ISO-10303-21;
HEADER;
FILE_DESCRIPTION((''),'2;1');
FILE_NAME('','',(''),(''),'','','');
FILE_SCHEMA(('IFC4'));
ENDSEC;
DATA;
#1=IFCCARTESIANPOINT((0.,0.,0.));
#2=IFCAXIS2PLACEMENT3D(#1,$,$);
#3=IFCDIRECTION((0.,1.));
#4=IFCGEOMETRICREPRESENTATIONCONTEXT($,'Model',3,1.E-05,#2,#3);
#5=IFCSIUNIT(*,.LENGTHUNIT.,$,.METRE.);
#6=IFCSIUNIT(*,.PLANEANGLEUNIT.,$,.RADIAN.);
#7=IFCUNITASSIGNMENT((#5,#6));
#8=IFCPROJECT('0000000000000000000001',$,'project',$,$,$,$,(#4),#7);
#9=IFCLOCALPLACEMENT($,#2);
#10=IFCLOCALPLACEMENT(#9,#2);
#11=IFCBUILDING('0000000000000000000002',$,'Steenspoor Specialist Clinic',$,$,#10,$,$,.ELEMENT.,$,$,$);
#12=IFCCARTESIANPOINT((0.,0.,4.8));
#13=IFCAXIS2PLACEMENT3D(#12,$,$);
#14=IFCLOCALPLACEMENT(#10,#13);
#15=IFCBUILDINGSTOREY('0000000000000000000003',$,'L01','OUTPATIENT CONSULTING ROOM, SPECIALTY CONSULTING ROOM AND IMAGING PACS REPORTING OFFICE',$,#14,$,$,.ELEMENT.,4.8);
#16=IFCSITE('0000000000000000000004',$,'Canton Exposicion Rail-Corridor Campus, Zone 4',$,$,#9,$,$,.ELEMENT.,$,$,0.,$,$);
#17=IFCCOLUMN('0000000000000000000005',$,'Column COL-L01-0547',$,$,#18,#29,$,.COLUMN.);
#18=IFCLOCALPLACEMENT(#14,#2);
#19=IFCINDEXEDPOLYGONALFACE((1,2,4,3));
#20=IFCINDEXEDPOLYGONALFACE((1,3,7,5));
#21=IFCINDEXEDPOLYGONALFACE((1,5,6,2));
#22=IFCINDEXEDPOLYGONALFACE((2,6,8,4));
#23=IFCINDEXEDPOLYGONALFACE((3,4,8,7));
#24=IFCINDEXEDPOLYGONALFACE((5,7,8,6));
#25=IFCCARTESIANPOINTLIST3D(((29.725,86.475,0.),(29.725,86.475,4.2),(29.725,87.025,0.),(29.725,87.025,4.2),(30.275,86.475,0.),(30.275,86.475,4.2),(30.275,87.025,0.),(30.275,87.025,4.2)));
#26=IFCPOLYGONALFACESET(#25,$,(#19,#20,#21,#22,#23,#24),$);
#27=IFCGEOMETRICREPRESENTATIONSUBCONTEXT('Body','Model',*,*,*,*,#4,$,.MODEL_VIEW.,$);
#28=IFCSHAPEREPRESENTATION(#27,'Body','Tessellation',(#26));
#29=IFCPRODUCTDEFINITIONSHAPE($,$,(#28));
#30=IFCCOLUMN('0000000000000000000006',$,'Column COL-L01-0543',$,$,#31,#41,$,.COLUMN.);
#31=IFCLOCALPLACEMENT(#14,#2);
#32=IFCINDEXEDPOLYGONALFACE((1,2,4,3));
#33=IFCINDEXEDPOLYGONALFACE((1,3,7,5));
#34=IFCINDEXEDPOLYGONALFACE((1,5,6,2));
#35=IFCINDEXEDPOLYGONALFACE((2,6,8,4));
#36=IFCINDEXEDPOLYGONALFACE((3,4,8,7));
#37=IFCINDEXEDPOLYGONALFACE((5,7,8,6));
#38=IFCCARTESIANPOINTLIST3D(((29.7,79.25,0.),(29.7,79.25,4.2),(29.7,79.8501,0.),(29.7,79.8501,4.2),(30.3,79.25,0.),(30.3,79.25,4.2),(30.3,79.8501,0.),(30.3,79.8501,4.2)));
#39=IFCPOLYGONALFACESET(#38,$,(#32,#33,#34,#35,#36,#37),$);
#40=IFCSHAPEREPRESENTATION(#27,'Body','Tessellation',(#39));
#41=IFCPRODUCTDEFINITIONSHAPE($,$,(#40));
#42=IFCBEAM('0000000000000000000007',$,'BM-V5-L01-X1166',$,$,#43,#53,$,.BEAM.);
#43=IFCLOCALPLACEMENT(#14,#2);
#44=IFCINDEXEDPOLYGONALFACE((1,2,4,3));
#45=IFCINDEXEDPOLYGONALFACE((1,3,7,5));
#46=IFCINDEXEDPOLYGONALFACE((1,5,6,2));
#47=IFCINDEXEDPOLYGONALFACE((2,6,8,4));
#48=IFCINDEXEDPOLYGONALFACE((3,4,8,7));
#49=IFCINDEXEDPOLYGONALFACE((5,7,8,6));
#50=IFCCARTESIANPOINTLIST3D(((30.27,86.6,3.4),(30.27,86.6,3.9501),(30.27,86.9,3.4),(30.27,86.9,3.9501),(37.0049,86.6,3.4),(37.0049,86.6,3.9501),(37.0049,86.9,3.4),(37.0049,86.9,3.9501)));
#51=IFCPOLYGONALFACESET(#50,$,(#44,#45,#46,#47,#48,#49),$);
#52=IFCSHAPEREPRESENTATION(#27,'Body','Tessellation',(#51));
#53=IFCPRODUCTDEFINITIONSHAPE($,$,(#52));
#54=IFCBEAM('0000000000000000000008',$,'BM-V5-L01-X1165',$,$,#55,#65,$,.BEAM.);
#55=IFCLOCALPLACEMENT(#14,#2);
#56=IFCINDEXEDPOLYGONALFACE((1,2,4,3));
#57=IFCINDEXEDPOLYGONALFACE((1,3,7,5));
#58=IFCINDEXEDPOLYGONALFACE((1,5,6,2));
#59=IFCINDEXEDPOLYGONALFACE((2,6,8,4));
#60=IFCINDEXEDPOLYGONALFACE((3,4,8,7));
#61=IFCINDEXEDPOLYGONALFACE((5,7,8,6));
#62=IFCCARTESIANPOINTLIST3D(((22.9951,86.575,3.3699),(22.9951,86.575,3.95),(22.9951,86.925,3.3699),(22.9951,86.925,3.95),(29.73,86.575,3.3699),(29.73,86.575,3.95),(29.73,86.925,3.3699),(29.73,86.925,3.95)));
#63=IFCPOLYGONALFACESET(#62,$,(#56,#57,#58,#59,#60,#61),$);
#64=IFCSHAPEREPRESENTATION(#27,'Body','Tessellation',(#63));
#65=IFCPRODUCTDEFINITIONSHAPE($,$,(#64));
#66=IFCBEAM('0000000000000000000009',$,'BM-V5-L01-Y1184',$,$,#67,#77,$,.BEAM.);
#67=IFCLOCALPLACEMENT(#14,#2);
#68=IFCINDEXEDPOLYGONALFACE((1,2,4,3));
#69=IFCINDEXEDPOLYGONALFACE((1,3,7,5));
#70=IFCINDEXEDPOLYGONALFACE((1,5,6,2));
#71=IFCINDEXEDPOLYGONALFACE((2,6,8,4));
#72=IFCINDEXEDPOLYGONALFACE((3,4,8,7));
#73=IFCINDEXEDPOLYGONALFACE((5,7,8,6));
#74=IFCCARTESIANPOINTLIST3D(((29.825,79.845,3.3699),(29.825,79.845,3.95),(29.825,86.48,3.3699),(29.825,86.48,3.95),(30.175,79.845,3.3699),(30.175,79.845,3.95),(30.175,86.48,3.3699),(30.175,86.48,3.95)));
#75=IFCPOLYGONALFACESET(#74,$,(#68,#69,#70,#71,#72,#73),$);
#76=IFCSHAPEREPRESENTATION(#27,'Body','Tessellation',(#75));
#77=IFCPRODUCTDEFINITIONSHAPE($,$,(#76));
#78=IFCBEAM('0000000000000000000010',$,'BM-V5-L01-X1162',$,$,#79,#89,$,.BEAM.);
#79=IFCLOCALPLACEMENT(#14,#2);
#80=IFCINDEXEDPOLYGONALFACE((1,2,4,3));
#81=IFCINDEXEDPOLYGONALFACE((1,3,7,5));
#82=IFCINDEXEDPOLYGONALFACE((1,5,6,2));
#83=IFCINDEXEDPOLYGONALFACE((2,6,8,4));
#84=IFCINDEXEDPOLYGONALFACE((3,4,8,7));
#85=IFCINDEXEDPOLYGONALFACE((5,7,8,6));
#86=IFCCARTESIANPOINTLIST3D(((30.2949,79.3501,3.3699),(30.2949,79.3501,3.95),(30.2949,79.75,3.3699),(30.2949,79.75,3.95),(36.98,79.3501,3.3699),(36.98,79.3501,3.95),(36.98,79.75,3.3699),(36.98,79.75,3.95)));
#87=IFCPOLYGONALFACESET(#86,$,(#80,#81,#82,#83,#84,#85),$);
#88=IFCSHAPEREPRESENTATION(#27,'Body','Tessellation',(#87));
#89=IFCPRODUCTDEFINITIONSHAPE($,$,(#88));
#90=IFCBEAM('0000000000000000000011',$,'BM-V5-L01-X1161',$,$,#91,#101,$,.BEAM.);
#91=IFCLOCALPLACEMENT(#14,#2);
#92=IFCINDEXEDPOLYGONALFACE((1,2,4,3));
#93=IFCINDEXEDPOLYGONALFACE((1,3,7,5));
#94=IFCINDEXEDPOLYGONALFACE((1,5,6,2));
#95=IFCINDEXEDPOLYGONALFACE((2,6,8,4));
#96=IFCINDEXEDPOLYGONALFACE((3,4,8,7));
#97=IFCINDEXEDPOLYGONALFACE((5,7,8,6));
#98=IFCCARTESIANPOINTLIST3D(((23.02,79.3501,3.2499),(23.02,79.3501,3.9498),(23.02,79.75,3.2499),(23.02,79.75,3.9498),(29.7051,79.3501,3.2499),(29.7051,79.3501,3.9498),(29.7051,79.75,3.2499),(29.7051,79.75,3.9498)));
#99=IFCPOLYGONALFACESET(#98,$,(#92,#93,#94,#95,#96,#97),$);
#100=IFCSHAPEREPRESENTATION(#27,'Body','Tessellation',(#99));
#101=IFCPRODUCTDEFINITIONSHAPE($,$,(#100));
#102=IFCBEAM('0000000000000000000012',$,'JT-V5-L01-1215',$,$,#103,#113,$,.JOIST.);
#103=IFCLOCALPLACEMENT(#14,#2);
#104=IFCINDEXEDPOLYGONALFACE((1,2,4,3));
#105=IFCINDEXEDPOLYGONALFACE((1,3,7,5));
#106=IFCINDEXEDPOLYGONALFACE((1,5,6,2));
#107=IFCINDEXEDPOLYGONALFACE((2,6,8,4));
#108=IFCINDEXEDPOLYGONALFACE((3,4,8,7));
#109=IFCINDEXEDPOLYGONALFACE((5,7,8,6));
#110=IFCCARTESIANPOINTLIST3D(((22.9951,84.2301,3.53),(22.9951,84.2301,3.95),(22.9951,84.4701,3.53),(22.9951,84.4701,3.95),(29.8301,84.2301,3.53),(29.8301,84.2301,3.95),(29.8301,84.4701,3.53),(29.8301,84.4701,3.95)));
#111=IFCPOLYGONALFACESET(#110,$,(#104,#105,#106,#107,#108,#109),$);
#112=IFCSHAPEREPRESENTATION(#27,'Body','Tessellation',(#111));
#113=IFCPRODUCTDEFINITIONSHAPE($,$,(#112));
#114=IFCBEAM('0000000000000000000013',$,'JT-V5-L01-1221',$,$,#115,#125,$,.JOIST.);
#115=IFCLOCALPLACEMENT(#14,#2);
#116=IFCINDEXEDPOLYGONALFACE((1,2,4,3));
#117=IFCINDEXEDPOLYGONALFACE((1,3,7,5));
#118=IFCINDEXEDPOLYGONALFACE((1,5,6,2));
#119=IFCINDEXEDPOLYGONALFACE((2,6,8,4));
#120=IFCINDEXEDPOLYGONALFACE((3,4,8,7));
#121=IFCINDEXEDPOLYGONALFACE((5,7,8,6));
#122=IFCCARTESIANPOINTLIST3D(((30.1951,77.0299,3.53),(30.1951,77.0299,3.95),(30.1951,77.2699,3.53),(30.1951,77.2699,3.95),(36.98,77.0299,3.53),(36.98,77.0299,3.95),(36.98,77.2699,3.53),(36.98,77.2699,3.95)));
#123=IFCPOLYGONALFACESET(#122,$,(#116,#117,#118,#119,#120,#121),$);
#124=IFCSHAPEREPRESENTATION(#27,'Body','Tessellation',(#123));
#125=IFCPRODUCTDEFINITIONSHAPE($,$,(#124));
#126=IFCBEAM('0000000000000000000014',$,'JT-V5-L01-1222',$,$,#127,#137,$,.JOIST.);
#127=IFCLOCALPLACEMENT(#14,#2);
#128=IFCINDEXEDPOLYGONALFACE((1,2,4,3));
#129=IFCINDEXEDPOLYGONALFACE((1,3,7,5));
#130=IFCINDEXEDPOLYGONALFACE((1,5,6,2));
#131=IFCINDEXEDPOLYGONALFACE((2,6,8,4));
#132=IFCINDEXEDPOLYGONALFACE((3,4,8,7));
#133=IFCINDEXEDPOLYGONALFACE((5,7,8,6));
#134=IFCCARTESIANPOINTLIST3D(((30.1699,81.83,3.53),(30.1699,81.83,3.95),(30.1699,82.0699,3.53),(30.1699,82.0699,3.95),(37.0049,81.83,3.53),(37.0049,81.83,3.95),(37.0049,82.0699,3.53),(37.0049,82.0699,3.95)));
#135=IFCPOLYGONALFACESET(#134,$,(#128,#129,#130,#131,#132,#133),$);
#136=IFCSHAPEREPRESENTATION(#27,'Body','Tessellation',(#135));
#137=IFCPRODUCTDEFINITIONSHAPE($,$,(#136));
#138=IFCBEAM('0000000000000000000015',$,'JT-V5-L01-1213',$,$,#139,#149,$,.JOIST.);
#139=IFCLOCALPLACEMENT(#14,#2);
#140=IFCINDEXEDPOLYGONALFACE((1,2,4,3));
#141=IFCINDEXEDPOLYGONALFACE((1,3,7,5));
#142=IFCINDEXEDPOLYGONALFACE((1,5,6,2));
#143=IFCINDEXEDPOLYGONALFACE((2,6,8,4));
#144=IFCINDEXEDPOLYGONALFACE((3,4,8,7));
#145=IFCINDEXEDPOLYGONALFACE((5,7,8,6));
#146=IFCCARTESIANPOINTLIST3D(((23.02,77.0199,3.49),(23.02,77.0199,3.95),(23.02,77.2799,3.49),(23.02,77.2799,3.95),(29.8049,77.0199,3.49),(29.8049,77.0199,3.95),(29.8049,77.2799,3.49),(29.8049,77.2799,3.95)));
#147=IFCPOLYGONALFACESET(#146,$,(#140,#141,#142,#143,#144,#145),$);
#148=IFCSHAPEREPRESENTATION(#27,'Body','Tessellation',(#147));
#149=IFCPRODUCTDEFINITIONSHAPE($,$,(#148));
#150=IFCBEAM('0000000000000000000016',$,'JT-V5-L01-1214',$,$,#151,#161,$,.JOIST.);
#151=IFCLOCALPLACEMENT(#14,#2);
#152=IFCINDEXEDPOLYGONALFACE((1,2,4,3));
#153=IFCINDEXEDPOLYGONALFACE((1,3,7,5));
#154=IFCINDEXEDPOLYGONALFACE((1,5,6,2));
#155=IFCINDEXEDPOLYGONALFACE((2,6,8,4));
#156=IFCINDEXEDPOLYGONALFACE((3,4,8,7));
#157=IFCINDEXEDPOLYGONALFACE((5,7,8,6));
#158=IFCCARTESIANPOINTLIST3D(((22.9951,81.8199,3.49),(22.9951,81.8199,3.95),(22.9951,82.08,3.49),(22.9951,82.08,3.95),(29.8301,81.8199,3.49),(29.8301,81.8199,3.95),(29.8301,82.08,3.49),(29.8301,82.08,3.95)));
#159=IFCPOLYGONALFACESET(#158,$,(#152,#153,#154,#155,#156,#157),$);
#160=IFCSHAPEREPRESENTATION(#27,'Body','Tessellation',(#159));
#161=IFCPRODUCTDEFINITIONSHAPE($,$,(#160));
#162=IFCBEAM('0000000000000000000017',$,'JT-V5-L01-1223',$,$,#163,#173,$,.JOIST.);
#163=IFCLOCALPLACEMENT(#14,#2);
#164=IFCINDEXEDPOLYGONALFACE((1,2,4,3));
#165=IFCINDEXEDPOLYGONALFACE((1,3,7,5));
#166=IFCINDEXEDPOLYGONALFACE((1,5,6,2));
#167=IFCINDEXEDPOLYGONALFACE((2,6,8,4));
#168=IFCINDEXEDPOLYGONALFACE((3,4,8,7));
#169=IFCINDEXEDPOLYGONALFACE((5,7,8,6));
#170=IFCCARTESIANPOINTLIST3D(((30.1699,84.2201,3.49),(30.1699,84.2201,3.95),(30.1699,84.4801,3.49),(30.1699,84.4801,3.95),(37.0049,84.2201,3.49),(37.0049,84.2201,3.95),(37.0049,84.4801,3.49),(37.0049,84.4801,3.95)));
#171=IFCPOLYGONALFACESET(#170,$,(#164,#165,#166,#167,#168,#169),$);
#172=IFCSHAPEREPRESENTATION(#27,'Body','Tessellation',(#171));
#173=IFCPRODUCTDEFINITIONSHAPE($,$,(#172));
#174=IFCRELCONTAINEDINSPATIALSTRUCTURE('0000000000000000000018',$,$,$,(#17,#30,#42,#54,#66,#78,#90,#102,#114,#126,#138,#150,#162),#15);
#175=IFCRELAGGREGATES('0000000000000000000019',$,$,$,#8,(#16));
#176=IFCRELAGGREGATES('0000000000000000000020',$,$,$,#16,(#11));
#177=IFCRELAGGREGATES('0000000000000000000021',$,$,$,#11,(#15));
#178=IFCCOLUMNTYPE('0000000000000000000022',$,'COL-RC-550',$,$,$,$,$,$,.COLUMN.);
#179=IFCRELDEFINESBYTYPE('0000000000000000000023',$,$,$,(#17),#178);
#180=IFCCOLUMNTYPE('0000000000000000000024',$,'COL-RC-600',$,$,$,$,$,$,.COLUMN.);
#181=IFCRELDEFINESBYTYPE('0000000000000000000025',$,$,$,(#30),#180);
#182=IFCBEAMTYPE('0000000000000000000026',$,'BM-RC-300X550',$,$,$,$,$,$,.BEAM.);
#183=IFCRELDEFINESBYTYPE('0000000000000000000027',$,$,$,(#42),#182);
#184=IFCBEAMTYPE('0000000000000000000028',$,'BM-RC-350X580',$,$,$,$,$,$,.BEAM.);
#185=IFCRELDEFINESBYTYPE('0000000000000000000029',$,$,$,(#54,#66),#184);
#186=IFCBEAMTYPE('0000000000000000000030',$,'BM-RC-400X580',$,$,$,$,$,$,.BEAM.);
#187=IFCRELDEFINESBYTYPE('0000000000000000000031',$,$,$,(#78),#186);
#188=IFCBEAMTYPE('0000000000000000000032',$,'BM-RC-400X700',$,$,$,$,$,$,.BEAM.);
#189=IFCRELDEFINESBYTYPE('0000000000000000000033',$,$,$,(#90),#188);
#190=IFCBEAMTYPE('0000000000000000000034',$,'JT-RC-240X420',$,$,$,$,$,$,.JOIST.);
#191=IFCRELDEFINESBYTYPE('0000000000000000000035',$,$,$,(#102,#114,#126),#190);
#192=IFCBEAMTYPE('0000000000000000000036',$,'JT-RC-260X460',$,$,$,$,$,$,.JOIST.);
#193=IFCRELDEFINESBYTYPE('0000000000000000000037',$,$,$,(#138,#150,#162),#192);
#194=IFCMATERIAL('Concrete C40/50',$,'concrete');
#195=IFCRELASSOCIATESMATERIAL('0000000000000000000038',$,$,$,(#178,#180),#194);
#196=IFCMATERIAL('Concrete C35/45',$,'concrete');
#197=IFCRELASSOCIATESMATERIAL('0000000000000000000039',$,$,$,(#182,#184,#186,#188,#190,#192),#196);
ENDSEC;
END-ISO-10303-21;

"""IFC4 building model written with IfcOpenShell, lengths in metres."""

from ifc_helpers import new_model, si_unit, direction, frame, origin, origin_2d, place, context, subcontext, project, spatial, rectangle, extrude, material, material_profile, profile_set, type_object, element, save


model = new_model("IFC4")

# Units and contexts
model_context = context("Model", 3, precision=1e-05, world=origin(), true_north=direction((0.0, 1.0)))
body_context = subcontext(model_context, "Body", "Model", "MODEL_VIEW")
ifc_project = project(units=[si_unit("LENGTHUNIT", "METRE"), si_unit("PLANEANGLEUNIT", "RADIAN")], contexts=[model_context])

# Site, building, storey
site_placement = place(None, origin())
site = spatial("IfcSite", under=ifc_project, at=site_placement, Name="Canton Exposicion Rail-Corridor Campus, Zone 4", CompositionType="ELEMENT", RefElevation=0.0)
building_placement = place(site_placement, origin())
building = spatial("IfcBuilding", under=site, at=building_placement, Name="Steenspoor Specialist Clinic", CompositionType="ELEMENT")
storey_placement = place(building_placement, frame((0.0, 0.0, 4.8)))
storey = spatial("IfcBuildingStorey", under=building, at=storey_placement, Name="L01", Description="OUTPATIENT CONSULTING ROOM, SPECIALTY CONSULTING ROOM AND IMAGING PACS REPORTING OFFICE", CompositionType="ELEMENT", Elevation=4.8)

# Columns
ifc_material_1 = material(Name="Concrete C40/50", Category="concrete")
ifc_material_profile_1 = material_profile(ifc_material_1, rectangle(XDim=0.55, YDim=0.55, at=origin_2d()), Name="RC-COL-550X550")
ifc_profile_set_1 = profile_set([ifc_material_profile_1], Name="Concrete C40/50")
column_type_1 = type_object("IfcColumnType", Name="COL-RC-550", PredefinedType="COLUMN", material=ifc_profile_set_1)
column_1_placement = place(storey_placement, frame((30.0, 86.75, 0.0), z_axis=(0.0, 0.0, 1.0), x_axis=(1.0, 0.0, 0.0)))
element("IfcColumn", 1, at=column_1_placement, inside=storey, type_object=column_type_1, Name="Column COL-L01-0547", PredefinedType="COLUMN", context=body_context, shape_type="SweptSolid", body=[
    extrude(rectangle(XDim=0.55, YDim=0.55, at=origin_2d()), origin(), (0.0, 0.0, 1.0), 4.2),
])
ifc_material_profile_2 = material_profile(ifc_material_1, rectangle(XDim=0.6001, YDim=0.6001, at=origin_2d()), Name="RC-COL-600X600")
ifc_profile_set_2 = profile_set([ifc_material_profile_2], Name="Concrete C40/50")
column_type_2 = type_object("IfcColumnType", Name="COL-RC-600", PredefinedType="COLUMN", material=ifc_profile_set_2)
column_2_placement = place(storey_placement, frame((30.0, 79.55, 0.0), z_axis=(0.0, 0.0, 1.0), x_axis=(1.0, 0.0, 0.0)))
element("IfcColumn", 2, at=column_2_placement, inside=storey, type_object=column_type_2, Name="Column COL-L01-0543", PredefinedType="COLUMN", context=body_context, shape_type="SweptSolid", body=[
    extrude(rectangle(XDim=0.6001, YDim=0.6001, at=origin_2d()), origin(), (0.0, 0.0, 1.0), 4.2),
])

# Beams
ifc_material_2 = material(Name="Concrete C35/45", Category="concrete")
ifc_material_profile_3 = material_profile(ifc_material_2, rectangle(XDim=0.3, YDim=0.55, at=origin_2d()), Name="RC-BM-300X550")
ifc_profile_set_3 = profile_set([ifc_material_profile_3], Name="Concrete C35/45")
beam_type_1 = type_object("IfcBeamType", Name="BM-RC-300X550", PredefinedType="BEAM", material=ifc_profile_set_3)
beam_1_placement = place(storey_placement, frame((30.27, 86.75, 3.675), z_axis=(1.0, 0.0, 0.0), x_axis=(0.0, 1.0, 0.0)))
element("IfcBeam", 3, at=beam_1_placement, inside=storey, type_object=beam_type_1, Name="BM-V5-L01-X1166", PredefinedType="BEAM", context=body_context, shape_type="SweptSolid", body=[
    extrude(rectangle(XDim=0.3, YDim=0.55, at=origin_2d()), origin(), (0.0, 0.0, 1.0), 6.7349),
])
ifc_material_profile_4 = material_profile(ifc_material_2, rectangle(XDim=0.3501, YDim=0.5801, at=origin_2d()), Name="RC-BM-350X580")
ifc_profile_set_4 = profile_set([ifc_material_profile_4], Name="Concrete C35/45")
beam_type_2 = type_object("IfcBeamType", Name="BM-RC-350X580", PredefinedType="BEAM", material=ifc_profile_set_4)
beam_2_placement = place(storey_placement, frame((22.9951, 86.75, 3.6599), z_axis=(1.0, 0.0, 0.0), x_axis=(0.0, 1.0, 0.0)))
element("IfcBeam", 4, at=beam_2_placement, inside=storey, type_object=beam_type_2, Name="BM-V5-L01-X1165", PredefinedType="BEAM", context=body_context, shape_type="SweptSolid", body=[
    extrude(rectangle(XDim=0.3501, YDim=0.5801, at=origin_2d()), origin(), (0.0, 0.0, 1.0), 6.7349),
])
beam_3_placement = place(storey_placement, frame((30.0, 79.845, 3.6599), z_axis=(0.0, 1.0, 0.0), x_axis=(-1.0, 0.0, 0.0)))
element("IfcBeam", 5, at=beam_3_placement, inside=storey, type_object=beam_type_2, Name="BM-V5-L01-Y1184", PredefinedType="BEAM", context=body_context, shape_type="SweptSolid", body=[
    extrude(rectangle(XDim=0.3501, YDim=0.5801, at=origin_2d()), origin(), (0.0, 0.0, 1.0), 6.635),
])
ifc_material_profile_5 = material_profile(ifc_material_2, rectangle(XDim=0.3999, YDim=0.5801, at=origin_2d()), Name="RC-BM-400X580")
ifc_profile_set_5 = profile_set([ifc_material_profile_5], Name="Concrete C35/45")
beam_type_3 = type_object("IfcBeamType", Name="BM-RC-400X580", PredefinedType="BEAM", material=ifc_profile_set_5)
beam_4_placement = place(storey_placement, frame((30.2949, 79.55, 3.6599), z_axis=(1.0, 0.0, 0.0), x_axis=(0.0, 1.0, 0.0)))
element("IfcBeam", 6, at=beam_4_placement, inside=storey, type_object=beam_type_3, Name="BM-V5-L01-X1162", PredefinedType="BEAM", context=body_context, shape_type="SweptSolid", body=[
    extrude(rectangle(XDim=0.3999, YDim=0.5801, at=origin_2d()), origin(), (0.0, 0.0, 1.0), 6.6851),
])
ifc_material_profile_6 = material_profile(ifc_material_2, rectangle(XDim=0.3999, YDim=0.7, at=origin_2d()), Name="RC-BM-400X700")
ifc_profile_set_6 = profile_set([ifc_material_profile_6], Name="Concrete C35/45")
beam_type_4 = type_object("IfcBeamType", Name="BM-RC-400X700", PredefinedType="BEAM", material=ifc_profile_set_6)
beam_5_placement = place(storey_placement, frame((23.02, 79.55, 3.5999), z_axis=(1.0, 0.0, 0.0), x_axis=(0.0, 1.0, 0.0)))
element("IfcBeam", 7, at=beam_5_placement, inside=storey, type_object=beam_type_4, Name="BM-V5-L01-X1161", PredefinedType="BEAM", context=body_context, shape_type="SweptSolid", body=[
    extrude(rectangle(XDim=0.3999, YDim=0.7, at=origin_2d()), origin(), (0.0, 0.0, 1.0), 6.6851),
])
ifc_material_profile_7 = material_profile(ifc_material_2, rectangle(XDim=0.24, YDim=0.4199, at=origin_2d()), Name="RC-JT-240X420")
ifc_profile_set_7 = profile_set([ifc_material_profile_7], Name="Concrete C35/45")
beam_type_5 = type_object("IfcBeamType", Name="JT-RC-240X420", PredefinedType="JOIST", material=ifc_profile_set_7)
beam_6_placement = place(storey_placement, frame((22.9951, 84.3501, 3.74), z_axis=(1.0, 0.0, 0.0), x_axis=(0.0, 1.0, 0.0)))
element("IfcBeam", 8, at=beam_6_placement, inside=storey, type_object=beam_type_5, Name="JT-V5-L01-1215", PredefinedType="JOIST", context=body_context, shape_type="SweptSolid", body=[
    extrude(rectangle(XDim=0.24, YDim=0.4199, at=origin_2d()), origin(), (0.0, 0.0, 1.0), 6.835),
])
beam_7_placement = place(storey_placement, frame((30.1951, 77.1499, 3.74), z_axis=(1.0, 0.0, 0.0), x_axis=(0.0, 1.0, 0.0)))
element("IfcBeam", 9, at=beam_7_placement, inside=storey, type_object=beam_type_5, Name="JT-V5-L01-1221", PredefinedType="JOIST", context=body_context, shape_type="SweptSolid", body=[
    extrude(rectangle(XDim=0.24, YDim=0.4199, at=origin_2d()), origin(), (0.0, 0.0, 1.0), 6.7849),
])
beam_8_placement = place(storey_placement, frame((30.1699, 81.95, 3.74), z_axis=(1.0, 0.0, 0.0), x_axis=(0.0, 1.0, 0.0)))
element("IfcBeam", 10, at=beam_8_placement, inside=storey, type_object=beam_type_5, Name="JT-V5-L01-1222", PredefinedType="JOIST", context=body_context, shape_type="SweptSolid", body=[
    extrude(rectangle(XDim=0.24, YDim=0.4199, at=origin_2d()), origin(), (0.0, 0.0, 1.0), 6.835),
])
ifc_material_profile_8 = material_profile(ifc_material_2, rectangle(XDim=0.26, YDim=0.46, at=origin_2d()), Name="RC-JT-260X460")
ifc_profile_set_8 = profile_set([ifc_material_profile_8], Name="Concrete C35/45")
beam_type_6 = type_object("IfcBeamType", Name="JT-RC-260X460", PredefinedType="JOIST", material=ifc_profile_set_8)
beam_9_placement = place(storey_placement, frame((23.02, 77.1499, 3.72), z_axis=(1.0, 0.0, 0.0), x_axis=(0.0, 1.0, 0.0)))
element("IfcBeam", 11, at=beam_9_placement, inside=storey, type_object=beam_type_6, Name="JT-V5-L01-1213", PredefinedType="JOIST", context=body_context, shape_type="SweptSolid", body=[
    extrude(rectangle(XDim=0.26, YDim=0.46, at=origin_2d()), origin(), (0.0, 0.0, 1.0), 6.7849),
])
for number, where, z_axis, x_axis, name in (
    (12, (22.9951, 81.95, 3.72), (1.0, 0.0, 0.0), (0.0, 1.0, 0.0), "JT-V5-L01-1214"),
    (13, (30.1699, 84.3501, 3.72), (1.0, 0.0, 0.0), (0.0, 1.0, 0.0), "JT-V5-L01-1223"),
):
    element("IfcBeam", number, at=place(storey_placement, frame(where, z_axis=z_axis, x_axis=x_axis)), inside=storey, type_object=beam_type_6, Name=name, PredefinedType="JOIST", context=body_context, shape_type="SweptSolid", body=[
        extrude(rectangle(XDim=0.26, YDim=0.46, at=origin_2d()), origin(), (0.0, 0.0, 1.0), 6.835),
    ])

save(model, "model.ifc")
